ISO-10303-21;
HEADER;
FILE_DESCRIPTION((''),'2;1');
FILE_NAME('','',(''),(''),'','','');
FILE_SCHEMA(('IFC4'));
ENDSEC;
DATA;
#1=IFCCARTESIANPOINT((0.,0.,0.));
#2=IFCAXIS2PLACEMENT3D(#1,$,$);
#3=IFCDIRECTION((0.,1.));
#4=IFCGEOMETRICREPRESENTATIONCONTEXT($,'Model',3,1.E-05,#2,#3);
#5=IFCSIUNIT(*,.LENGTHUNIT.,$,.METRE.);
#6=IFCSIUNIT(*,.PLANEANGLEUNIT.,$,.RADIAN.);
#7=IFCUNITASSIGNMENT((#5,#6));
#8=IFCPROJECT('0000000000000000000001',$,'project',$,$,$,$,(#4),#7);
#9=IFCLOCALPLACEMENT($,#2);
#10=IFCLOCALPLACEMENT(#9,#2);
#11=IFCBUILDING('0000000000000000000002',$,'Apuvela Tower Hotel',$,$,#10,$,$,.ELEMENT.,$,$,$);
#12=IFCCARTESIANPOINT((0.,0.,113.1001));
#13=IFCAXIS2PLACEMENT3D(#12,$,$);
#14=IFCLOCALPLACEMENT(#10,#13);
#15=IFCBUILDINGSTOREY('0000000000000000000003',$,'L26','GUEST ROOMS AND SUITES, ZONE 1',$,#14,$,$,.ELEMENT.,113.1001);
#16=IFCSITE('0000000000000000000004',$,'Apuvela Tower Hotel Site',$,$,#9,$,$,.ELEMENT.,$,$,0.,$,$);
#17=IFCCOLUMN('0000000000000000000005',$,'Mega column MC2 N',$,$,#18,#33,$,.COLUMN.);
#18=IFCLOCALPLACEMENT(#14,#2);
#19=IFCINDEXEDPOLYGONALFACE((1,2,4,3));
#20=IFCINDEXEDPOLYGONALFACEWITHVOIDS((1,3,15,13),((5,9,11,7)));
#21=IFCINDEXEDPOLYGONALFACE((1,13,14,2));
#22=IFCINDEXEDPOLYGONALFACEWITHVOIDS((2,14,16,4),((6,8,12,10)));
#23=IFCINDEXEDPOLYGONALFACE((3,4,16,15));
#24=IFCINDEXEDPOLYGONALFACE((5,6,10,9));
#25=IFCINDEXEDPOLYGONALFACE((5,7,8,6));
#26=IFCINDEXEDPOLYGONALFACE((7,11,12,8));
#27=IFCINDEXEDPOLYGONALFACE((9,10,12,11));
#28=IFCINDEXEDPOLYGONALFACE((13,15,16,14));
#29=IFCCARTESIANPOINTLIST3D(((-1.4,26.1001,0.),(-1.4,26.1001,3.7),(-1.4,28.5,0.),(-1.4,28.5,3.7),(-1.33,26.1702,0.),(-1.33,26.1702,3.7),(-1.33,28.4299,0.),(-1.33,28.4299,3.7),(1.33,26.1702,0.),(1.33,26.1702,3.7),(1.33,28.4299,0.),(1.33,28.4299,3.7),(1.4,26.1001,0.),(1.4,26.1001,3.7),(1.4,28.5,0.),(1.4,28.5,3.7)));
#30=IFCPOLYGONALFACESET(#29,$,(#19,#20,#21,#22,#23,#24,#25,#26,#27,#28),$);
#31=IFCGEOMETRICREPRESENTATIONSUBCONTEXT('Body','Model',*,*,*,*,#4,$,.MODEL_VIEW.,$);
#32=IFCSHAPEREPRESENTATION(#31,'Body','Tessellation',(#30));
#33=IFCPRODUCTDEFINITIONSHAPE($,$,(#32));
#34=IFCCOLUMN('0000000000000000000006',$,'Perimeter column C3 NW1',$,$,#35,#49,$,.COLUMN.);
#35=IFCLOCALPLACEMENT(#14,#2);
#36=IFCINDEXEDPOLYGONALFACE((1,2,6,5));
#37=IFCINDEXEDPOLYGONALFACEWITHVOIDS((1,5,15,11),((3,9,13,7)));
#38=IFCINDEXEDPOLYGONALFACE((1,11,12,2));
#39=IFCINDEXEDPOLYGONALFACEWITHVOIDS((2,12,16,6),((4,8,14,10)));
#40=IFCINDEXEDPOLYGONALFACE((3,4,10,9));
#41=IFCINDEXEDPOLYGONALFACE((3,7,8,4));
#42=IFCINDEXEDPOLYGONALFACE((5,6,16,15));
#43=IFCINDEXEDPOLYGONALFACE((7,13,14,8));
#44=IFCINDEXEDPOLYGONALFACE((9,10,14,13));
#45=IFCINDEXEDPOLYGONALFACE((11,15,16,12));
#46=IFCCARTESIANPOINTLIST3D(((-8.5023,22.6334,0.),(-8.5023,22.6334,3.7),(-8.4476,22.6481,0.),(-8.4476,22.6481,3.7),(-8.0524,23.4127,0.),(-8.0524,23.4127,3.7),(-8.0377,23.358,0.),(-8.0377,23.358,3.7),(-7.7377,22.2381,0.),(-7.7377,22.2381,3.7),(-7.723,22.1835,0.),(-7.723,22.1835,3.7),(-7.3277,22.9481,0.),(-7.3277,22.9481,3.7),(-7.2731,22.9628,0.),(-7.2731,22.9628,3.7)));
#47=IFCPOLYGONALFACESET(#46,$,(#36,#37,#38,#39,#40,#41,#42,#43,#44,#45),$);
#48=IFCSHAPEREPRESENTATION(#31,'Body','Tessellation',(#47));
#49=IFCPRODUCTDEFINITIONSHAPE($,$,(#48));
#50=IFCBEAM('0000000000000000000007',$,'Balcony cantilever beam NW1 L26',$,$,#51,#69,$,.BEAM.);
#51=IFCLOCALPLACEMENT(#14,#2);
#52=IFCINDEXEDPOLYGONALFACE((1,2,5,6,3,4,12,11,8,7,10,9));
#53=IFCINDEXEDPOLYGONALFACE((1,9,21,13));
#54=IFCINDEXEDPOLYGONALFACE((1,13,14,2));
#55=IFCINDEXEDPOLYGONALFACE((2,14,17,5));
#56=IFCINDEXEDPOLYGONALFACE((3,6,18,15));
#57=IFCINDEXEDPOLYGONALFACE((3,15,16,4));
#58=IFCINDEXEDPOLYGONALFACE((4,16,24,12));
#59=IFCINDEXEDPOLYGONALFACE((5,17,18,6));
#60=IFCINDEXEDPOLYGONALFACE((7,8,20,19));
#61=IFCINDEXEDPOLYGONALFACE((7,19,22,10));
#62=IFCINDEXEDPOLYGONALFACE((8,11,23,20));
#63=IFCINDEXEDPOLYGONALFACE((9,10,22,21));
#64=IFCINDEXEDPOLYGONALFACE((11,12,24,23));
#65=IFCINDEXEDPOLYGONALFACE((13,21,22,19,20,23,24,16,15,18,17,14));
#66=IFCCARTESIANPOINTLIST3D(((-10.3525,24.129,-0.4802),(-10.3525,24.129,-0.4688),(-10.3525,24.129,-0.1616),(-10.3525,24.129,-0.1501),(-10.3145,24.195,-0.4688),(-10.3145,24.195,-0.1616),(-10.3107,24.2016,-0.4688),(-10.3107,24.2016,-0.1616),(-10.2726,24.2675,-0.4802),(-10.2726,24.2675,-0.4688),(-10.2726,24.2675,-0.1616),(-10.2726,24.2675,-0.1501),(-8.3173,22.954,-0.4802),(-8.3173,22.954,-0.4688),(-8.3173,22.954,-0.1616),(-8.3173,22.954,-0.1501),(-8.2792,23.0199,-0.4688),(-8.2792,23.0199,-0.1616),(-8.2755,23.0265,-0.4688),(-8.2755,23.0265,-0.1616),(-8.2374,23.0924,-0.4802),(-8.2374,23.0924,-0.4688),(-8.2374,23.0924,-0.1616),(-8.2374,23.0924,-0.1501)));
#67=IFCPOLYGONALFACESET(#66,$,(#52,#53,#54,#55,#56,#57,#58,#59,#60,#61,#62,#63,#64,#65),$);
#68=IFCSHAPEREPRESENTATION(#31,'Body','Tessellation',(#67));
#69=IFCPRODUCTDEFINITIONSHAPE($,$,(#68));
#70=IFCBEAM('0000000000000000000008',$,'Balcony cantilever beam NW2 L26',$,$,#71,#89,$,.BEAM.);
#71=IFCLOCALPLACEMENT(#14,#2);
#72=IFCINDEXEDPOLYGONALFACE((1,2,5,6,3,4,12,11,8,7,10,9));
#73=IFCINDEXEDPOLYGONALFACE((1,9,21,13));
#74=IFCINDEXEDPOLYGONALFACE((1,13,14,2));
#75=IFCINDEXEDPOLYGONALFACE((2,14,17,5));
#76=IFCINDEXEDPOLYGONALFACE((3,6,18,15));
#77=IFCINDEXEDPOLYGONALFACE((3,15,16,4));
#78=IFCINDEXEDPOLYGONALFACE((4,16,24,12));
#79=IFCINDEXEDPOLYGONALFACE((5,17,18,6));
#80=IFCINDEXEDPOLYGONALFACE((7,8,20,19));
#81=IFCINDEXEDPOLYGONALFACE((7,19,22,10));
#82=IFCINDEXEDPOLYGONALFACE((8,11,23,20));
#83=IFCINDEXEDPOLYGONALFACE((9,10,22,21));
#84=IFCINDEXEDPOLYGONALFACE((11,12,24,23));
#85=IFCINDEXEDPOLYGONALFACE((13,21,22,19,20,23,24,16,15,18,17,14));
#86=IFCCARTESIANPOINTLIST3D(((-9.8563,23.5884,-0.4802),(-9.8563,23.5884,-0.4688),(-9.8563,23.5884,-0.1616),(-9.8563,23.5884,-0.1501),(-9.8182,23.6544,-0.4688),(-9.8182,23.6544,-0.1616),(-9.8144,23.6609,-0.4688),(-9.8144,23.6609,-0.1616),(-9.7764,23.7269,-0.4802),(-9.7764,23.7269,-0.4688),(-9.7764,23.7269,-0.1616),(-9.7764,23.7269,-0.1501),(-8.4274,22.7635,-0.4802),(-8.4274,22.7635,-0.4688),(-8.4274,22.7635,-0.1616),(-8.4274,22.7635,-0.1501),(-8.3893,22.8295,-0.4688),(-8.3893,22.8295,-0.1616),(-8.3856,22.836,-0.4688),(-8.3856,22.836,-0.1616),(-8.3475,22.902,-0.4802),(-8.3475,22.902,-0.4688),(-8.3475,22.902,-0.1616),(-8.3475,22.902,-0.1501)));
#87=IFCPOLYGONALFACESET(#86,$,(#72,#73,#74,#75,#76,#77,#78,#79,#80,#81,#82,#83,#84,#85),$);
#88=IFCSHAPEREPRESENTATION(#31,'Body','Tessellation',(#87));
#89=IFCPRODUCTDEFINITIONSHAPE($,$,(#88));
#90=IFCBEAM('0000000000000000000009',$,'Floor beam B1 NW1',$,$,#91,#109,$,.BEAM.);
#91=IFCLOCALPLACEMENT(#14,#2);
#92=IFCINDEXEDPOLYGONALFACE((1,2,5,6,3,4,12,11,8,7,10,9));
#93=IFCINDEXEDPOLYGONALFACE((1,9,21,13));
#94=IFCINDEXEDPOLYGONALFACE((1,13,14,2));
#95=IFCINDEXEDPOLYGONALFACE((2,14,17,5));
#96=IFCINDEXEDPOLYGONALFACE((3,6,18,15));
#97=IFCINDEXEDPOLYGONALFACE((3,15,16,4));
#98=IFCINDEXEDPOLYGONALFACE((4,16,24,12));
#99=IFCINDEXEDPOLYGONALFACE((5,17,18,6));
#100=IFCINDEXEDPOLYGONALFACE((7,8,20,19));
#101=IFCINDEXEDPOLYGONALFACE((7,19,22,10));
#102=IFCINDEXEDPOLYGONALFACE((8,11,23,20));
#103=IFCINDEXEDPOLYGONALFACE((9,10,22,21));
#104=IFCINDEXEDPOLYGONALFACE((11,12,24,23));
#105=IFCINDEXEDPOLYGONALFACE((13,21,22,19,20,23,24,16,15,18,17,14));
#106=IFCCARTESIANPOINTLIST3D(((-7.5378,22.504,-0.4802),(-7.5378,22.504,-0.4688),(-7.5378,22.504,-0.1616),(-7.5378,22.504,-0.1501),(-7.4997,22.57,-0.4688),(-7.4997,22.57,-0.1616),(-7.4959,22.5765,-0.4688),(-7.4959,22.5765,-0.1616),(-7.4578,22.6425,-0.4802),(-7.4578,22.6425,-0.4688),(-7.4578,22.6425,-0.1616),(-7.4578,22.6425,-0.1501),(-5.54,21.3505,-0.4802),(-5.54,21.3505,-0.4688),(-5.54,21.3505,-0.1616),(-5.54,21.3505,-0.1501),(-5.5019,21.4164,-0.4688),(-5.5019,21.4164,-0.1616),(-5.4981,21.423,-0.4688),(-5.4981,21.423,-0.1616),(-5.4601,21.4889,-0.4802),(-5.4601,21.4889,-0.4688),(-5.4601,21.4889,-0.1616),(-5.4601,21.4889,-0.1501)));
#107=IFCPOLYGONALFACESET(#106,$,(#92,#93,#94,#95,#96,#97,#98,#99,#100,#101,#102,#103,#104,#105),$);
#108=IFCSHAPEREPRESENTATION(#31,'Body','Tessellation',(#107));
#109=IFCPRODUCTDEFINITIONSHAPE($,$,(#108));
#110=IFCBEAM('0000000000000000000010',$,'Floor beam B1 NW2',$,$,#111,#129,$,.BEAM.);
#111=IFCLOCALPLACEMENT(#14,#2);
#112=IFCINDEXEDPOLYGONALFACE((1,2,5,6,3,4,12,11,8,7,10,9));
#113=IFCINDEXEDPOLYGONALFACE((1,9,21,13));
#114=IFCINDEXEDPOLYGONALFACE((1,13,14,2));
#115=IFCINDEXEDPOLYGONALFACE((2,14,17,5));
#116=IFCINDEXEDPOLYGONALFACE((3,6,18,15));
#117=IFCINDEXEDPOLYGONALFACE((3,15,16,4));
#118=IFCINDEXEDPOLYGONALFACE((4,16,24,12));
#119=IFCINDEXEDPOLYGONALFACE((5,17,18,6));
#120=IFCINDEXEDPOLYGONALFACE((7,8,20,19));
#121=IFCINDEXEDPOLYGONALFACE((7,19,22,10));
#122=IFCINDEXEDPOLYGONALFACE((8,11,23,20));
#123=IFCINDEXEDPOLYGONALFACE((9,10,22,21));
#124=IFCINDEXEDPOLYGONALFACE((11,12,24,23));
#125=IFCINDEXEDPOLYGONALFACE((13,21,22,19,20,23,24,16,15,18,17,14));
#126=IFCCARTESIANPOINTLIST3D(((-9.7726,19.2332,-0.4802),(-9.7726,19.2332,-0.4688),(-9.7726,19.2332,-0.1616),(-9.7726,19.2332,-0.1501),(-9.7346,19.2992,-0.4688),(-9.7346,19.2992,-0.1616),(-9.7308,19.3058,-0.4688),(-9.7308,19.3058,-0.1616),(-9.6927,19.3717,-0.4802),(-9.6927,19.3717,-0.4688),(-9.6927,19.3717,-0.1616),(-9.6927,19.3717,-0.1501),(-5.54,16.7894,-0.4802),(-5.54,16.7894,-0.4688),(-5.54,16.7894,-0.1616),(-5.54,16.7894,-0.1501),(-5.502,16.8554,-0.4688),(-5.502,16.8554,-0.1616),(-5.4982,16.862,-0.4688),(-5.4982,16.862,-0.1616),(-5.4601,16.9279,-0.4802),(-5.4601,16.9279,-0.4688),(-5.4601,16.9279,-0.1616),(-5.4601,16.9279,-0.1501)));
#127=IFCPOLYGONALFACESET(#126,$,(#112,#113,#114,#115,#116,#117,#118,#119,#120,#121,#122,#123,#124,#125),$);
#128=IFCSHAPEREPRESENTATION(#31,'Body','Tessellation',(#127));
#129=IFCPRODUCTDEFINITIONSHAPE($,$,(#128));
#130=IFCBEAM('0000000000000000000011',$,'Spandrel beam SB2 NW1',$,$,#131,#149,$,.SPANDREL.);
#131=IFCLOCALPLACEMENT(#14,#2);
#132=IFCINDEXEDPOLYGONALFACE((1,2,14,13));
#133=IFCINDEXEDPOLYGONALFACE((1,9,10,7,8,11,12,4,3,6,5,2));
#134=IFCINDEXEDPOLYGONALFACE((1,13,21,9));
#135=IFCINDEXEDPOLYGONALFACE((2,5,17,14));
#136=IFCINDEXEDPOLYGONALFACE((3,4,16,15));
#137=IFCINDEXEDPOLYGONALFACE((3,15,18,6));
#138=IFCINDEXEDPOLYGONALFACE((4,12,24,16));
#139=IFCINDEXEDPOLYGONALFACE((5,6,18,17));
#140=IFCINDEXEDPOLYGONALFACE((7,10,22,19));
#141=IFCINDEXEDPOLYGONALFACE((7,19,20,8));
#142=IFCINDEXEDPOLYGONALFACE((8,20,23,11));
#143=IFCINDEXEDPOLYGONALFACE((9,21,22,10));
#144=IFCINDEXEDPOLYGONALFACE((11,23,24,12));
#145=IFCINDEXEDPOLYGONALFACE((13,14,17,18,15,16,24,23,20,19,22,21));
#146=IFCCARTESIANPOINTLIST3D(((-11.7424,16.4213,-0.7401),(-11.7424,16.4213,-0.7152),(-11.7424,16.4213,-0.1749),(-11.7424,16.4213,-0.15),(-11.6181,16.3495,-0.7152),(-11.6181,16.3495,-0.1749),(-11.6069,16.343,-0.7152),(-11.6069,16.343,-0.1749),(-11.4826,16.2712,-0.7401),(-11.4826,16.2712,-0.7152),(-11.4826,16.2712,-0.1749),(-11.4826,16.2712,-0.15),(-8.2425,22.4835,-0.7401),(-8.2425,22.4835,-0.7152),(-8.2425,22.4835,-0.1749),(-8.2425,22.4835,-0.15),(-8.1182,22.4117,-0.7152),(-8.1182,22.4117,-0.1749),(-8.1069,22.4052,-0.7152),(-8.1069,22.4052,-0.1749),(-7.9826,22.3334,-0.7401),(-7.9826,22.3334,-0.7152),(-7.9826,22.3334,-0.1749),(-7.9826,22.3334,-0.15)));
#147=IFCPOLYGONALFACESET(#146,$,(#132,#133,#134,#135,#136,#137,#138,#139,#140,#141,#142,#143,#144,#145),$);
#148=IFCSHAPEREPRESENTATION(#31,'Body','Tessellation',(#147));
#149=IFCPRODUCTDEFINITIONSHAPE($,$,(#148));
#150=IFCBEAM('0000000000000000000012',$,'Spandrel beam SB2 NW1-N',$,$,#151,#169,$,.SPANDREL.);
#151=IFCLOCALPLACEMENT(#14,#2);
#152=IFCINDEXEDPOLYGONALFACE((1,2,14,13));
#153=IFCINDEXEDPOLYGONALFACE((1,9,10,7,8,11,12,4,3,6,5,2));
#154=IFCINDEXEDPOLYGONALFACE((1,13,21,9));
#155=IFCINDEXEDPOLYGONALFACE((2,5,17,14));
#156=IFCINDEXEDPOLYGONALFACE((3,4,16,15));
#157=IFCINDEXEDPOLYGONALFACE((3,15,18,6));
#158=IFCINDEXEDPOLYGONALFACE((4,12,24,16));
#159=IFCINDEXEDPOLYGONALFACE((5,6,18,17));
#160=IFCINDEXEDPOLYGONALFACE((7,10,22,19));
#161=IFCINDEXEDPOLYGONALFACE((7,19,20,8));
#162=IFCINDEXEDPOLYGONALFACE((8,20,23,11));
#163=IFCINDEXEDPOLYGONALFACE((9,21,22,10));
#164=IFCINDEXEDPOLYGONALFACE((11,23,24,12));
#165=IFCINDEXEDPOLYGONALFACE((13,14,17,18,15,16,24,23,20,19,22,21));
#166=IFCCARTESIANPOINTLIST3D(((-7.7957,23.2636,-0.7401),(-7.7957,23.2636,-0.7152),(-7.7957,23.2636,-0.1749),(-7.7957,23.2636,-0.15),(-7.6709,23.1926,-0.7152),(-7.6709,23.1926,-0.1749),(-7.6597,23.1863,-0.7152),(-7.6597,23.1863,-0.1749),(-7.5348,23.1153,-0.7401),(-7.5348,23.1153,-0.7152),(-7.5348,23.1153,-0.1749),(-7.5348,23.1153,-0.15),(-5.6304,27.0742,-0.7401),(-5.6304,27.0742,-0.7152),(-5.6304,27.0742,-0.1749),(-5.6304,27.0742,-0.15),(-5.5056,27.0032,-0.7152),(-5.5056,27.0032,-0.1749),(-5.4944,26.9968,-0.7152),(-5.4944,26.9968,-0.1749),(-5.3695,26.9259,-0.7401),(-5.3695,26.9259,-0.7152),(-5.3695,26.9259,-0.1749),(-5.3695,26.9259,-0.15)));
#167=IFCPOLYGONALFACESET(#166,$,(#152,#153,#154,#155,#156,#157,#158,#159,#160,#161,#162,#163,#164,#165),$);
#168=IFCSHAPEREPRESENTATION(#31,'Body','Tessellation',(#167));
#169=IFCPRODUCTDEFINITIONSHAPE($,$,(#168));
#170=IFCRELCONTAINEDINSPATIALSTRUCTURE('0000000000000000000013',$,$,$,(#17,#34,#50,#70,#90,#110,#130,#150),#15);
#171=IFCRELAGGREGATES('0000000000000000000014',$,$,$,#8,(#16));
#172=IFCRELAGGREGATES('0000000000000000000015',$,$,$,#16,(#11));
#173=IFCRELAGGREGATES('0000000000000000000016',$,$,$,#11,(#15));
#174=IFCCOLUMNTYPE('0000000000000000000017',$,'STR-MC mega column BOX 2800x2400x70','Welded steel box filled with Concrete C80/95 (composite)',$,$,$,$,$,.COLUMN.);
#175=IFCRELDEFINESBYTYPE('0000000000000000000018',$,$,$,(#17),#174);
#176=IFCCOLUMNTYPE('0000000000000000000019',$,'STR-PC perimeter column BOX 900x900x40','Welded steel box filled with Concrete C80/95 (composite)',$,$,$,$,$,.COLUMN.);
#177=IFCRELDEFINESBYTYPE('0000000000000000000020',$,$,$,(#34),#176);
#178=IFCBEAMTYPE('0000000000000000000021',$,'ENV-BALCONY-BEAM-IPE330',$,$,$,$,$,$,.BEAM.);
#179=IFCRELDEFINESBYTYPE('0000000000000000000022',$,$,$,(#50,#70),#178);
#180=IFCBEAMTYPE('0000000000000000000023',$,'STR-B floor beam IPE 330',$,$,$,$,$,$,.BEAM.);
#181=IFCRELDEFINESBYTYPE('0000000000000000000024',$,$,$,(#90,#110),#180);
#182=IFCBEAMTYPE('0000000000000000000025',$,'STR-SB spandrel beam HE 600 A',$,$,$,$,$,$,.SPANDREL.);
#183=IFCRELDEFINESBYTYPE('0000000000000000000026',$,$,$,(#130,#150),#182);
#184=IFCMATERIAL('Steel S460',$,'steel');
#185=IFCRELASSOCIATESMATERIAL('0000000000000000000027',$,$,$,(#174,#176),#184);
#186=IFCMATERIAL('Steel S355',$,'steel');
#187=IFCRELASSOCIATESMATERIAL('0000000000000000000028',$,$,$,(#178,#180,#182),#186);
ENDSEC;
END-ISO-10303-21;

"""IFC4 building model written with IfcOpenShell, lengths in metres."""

from ifc_helpers import new_model, si_unit, direction, frame, origin, origin_2d, place, context, subcontext, project, spatial, rectangle, hollow_rectangle, i_section, extrude, material, material_profile, profile_set, type_object, element, save


model = new_model("IFC4")

# Units and contexts
model_context = context("Model", 3, precision=1e-05, world=origin(), true_north=direction((0.0, 1.0)))
body_context = subcontext(model_context, "Body", "Model", "MODEL_VIEW")
ifc_project = project(units=[si_unit("LENGTHUNIT", "METRE"), si_unit("PLANEANGLEUNIT", "RADIAN")], contexts=[model_context])

# Site, building, storey
site_placement = place(None, origin())
site = spatial("IfcSite", under=ifc_project, at=site_placement, Name="Apuvela Tower Hotel Site", CompositionType="ELEMENT", RefElevation=0.0)
building_placement = place(site_placement, origin())
building = spatial("IfcBuilding", under=site, at=building_placement, Name="Apuvela Tower Hotel", CompositionType="ELEMENT")
storey_placement = place(building_placement, frame((0.0, 0.0, 113.1001)))
storey = spatial("IfcBuildingStorey", under=building, at=storey_placement, Name="L26", Description="GUEST ROOMS AND SUITES, ZONE 1", CompositionType="ELEMENT", Elevation=113.1001)

# Columns
ifc_material_1 = material(Name="Steel S460", Category="steel")
ifc_material_profile_1 = material_profile(ifc_material_1, hollow_rectangle(XDim=2.8, YDim=2.3999, WallThickness=0.0701, at=origin_2d()), Name="BOX 2800x2400x70")
ifc_material_2 = material(Name="Concrete C80/95", Category="concrete")
ifc_material_profile_2 = material_profile(ifc_material_2, rectangle(XDim=2.6599, YDim=2.26, at=origin_2d()), Name="Concrete C80/95 infill")
ifc_profile_set_1 = profile_set([ifc_material_profile_1, ifc_material_profile_2], Name="Steel S460")
column_type_1 = type_object("IfcColumnType", Name="STR-MC mega column BOX 2800x2400x70", Description="Welded steel box filled with Concrete C80/95 (composite)", PredefinedType="COLUMN", material=ifc_profile_set_1)
column_1_placement = place(storey_placement, frame((0.0, 27.3, 0.0), z_axis=(0.0, 0.0, 1.0), x_axis=(1.0, 0.0, 0.0)))
element("IfcColumn", 1, at=column_1_placement, inside=storey, type_object=column_type_1, Name="Mega column MC2 N", PredefinedType="COLUMN", context=body_context, shape_type="SweptSolid", body=[
    extrude(hollow_rectangle(XDim=2.8, YDim=2.3999, WallThickness=0.0701, at=origin_2d()), origin(), (0.0, 0.0, 1.0), 3.7),
])
ifc_material_profile_3 = material_profile(ifc_material_1, hollow_rectangle(XDim=0.8999, YDim=0.8999, WallThickness=0.04, at=origin_2d()), Name="BOX 900x900x40")
ifc_material_profile_4 = material_profile(ifc_material_2, rectangle(XDim=0.8201, YDim=0.8201, at=origin_2d()), Name="Concrete C80/95 infill")
ifc_profile_set_2 = profile_set([ifc_material_profile_3, ifc_material_profile_4], Name="Steel S460")
column_type_2 = type_object("IfcColumnType", Name="STR-PC perimeter column BOX 900x900x40", Description="Welded steel box filled with Concrete C80/95 (composite)", PredefinedType="COLUMN", material=ifc_profile_set_2)
column_2_placement = place(storey_placement, frame((-7.8877, 22.7981, 0.0), z_axis=(0.0, 0.0, 1.0), x_axis=(0.5, 0.866025, 0.0)))
element("IfcColumn", 2, at=column_2_placement, inside=storey, type_object=column_type_2, Name="Perimeter column C3 NW1", PredefinedType="COLUMN", context=body_context, shape_type="SweptSolid", body=[
    extrude(hollow_rectangle(XDim=0.8999, YDim=0.8999, WallThickness=0.04, at=origin_2d()), origin(), (0.0, 0.0, 1.0), 3.7),
])

# Beams
ifc_material_3 = material(Name="Steel S355", Category="steel")
ifc_material_profile_5 = material_profile(ifc_material_3, i_section(OverallWidth=0.1599, OverallDepth=0.3301, WebThickness=0.0076, FlangeThickness=0.0115, at=origin_2d()), Name="IPE 330")
ifc_profile_set_3 = profile_set([ifc_material_profile_5], Name="Steel S355")
beam_type_1 = type_object("IfcBeamType", Name="ENV-BALCONY-BEAM-IPE330", PredefinedType="BEAM", material=ifc_profile_set_3)
beam_1_placement = place(storey_placement, frame((-8.2773, 23.0232, -0.3152), z_axis=(-0.866016, 0.500016, 0.0), x_axis=(-0.500016, -0.866016, 0.0)))
element("IfcBeam", 3, at=beam_1_placement, inside=storey, type_object=beam_type_1, Name="Balcony cantilever beam NW1 L26", PredefinedType="BEAM", context=body_context, shape_type="SweptSolid", body=[
    extrude(i_section(OverallWidth=0.1599, OverallDepth=0.3301, WebThickness=0.0076, FlangeThickness=0.0115, at=origin_2d()), origin(), (0.0, 0.0, 1.0), 2.3501),
])
beam_2_placement = place(storey_placement, frame((-8.3875, 22.8328, -0.3152), z_axis=(-0.86604, 0.499974, 0.0), x_axis=(-0.499974, -0.86604, 0.0)))
element("IfcBeam", 4, at=beam_2_placement, inside=storey, type_object=beam_type_1, Name="Balcony cantilever beam NW2 L26", PredefinedType="BEAM", context=body_context, shape_type="SweptSolid", body=[
    extrude(i_section(OverallWidth=0.1599, OverallDepth=0.3301, WebThickness=0.0076, FlangeThickness=0.0115, at=origin_2d()), origin(), (0.0, 0.0, 1.0), 1.6499),
])
ifc_material_profile_6 = material_profile(ifc_material_3, i_section(OverallWidth=0.1599, OverallDepth=0.3301, WebThickness=0.0076, FlangeThickness=0.0115, at=origin_2d()), Name="IPE 330")
ifc_profile_set_4 = profile_set([ifc_material_profile_6], Name="Steel S355")
beam_type_2 = type_object("IfcBeamType", Name="STR-B floor beam IPE 330", PredefinedType="BEAM", material=ifc_profile_set_4)
beam_3_placement = place(storey_placement, frame((-7.4978, 22.5732, -0.3152), z_axis=(0.866001, -0.500043, 0.0), x_axis=(0.500043, 0.866001, 0.0)))
element("IfcBeam", 5, at=beam_3_placement, inside=storey, type_object=beam_type_2, Name="Floor beam B1 NW1", PredefinedType="BEAM", context=body_context, shape_type="SweptSolid", body=[
    extrude(i_section(OverallWidth=0.1599, OverallDepth=0.3301, WebThickness=0.0076, FlangeThickness=0.0115, at=origin_2d()), origin(), (0.0, 0.0, 1.0), 2.3069),
])
beam_4_placement = place(storey_placement, frame((-9.7327, 19.3025, -0.3152), z_axis=(0.866015, -0.500018, 0.0), x_axis=(0.500018, 0.866015, 0.0)))
element("IfcBeam", 6, at=beam_4_placement, inside=storey, type_object=beam_type_2, Name="Floor beam B1 NW2", PredefinedType="BEAM", context=body_context, shape_type="SweptSolid", body=[
    extrude(i_section(OverallWidth=0.1599, OverallDepth=0.3301, WebThickness=0.0076, FlangeThickness=0.0115, at=origin_2d()), origin(), (0.0, 0.0, 1.0), 4.8875),
])
ifc_material_profile_7 = material_profile(ifc_material_3, i_section(OverallWidth=0.3, OverallDepth=0.5901, WebThickness=0.0129, FlangeThickness=0.0249, at=origin_2d()), Name="HE 600 A")
ifc_profile_set_5 = profile_set([ifc_material_profile_7], Name="Steel S355")
beam_type_3 = type_object("IfcBeamType", Name="STR-SB spandrel beam HE 600 A", PredefinedType="SPANDREL", material=ifc_profile_set_5)
beam_5_placement = place(storey_placement, frame((-8.1125, 22.4084, -0.4451), z_axis=(-0.499995, -0.866028, 0.0), x_axis=(0.866028, -0.499995, 0.0)))
element("IfcBeam", 7, at=beam_5_placement, inside=storey, type_object=beam_type_3, Name="Spandrel beam SB2 NW1", PredefinedType="SPANDREL", context=body_context, shape_type="SweptSolid", body=[
    extrude(i_section(OverallWidth=0.3, OverallDepth=0.5901, WebThickness=0.0129, FlangeThickness=0.0249, at=origin_2d()), origin(), (0.0, 0.0, 1.0), 7.0),
])
beam_6_placement = place(storey_placement, frame((-7.6653, 23.1895, -0.4451), z_axis=(0.494044, 0.869437, 0.0), x_axis=(-0.869437, 0.494044, 0.0)))
element("IfcBeam", 8, at=beam_6_placement, inside=storey, type_object=beam_type_3, Name="Spandrel beam SB2 NW1-N", PredefinedType="SPANDREL", context=body_context, shape_type="SweptSolid", body=[
    extrude(i_section(OverallWidth=0.3, OverallDepth=0.5901, WebThickness=0.0129, FlangeThickness=0.0249, at=origin_2d()), origin(), (0.0, 0.0, 1.0), 4.3828),
])

save(model, "model.ifc")
